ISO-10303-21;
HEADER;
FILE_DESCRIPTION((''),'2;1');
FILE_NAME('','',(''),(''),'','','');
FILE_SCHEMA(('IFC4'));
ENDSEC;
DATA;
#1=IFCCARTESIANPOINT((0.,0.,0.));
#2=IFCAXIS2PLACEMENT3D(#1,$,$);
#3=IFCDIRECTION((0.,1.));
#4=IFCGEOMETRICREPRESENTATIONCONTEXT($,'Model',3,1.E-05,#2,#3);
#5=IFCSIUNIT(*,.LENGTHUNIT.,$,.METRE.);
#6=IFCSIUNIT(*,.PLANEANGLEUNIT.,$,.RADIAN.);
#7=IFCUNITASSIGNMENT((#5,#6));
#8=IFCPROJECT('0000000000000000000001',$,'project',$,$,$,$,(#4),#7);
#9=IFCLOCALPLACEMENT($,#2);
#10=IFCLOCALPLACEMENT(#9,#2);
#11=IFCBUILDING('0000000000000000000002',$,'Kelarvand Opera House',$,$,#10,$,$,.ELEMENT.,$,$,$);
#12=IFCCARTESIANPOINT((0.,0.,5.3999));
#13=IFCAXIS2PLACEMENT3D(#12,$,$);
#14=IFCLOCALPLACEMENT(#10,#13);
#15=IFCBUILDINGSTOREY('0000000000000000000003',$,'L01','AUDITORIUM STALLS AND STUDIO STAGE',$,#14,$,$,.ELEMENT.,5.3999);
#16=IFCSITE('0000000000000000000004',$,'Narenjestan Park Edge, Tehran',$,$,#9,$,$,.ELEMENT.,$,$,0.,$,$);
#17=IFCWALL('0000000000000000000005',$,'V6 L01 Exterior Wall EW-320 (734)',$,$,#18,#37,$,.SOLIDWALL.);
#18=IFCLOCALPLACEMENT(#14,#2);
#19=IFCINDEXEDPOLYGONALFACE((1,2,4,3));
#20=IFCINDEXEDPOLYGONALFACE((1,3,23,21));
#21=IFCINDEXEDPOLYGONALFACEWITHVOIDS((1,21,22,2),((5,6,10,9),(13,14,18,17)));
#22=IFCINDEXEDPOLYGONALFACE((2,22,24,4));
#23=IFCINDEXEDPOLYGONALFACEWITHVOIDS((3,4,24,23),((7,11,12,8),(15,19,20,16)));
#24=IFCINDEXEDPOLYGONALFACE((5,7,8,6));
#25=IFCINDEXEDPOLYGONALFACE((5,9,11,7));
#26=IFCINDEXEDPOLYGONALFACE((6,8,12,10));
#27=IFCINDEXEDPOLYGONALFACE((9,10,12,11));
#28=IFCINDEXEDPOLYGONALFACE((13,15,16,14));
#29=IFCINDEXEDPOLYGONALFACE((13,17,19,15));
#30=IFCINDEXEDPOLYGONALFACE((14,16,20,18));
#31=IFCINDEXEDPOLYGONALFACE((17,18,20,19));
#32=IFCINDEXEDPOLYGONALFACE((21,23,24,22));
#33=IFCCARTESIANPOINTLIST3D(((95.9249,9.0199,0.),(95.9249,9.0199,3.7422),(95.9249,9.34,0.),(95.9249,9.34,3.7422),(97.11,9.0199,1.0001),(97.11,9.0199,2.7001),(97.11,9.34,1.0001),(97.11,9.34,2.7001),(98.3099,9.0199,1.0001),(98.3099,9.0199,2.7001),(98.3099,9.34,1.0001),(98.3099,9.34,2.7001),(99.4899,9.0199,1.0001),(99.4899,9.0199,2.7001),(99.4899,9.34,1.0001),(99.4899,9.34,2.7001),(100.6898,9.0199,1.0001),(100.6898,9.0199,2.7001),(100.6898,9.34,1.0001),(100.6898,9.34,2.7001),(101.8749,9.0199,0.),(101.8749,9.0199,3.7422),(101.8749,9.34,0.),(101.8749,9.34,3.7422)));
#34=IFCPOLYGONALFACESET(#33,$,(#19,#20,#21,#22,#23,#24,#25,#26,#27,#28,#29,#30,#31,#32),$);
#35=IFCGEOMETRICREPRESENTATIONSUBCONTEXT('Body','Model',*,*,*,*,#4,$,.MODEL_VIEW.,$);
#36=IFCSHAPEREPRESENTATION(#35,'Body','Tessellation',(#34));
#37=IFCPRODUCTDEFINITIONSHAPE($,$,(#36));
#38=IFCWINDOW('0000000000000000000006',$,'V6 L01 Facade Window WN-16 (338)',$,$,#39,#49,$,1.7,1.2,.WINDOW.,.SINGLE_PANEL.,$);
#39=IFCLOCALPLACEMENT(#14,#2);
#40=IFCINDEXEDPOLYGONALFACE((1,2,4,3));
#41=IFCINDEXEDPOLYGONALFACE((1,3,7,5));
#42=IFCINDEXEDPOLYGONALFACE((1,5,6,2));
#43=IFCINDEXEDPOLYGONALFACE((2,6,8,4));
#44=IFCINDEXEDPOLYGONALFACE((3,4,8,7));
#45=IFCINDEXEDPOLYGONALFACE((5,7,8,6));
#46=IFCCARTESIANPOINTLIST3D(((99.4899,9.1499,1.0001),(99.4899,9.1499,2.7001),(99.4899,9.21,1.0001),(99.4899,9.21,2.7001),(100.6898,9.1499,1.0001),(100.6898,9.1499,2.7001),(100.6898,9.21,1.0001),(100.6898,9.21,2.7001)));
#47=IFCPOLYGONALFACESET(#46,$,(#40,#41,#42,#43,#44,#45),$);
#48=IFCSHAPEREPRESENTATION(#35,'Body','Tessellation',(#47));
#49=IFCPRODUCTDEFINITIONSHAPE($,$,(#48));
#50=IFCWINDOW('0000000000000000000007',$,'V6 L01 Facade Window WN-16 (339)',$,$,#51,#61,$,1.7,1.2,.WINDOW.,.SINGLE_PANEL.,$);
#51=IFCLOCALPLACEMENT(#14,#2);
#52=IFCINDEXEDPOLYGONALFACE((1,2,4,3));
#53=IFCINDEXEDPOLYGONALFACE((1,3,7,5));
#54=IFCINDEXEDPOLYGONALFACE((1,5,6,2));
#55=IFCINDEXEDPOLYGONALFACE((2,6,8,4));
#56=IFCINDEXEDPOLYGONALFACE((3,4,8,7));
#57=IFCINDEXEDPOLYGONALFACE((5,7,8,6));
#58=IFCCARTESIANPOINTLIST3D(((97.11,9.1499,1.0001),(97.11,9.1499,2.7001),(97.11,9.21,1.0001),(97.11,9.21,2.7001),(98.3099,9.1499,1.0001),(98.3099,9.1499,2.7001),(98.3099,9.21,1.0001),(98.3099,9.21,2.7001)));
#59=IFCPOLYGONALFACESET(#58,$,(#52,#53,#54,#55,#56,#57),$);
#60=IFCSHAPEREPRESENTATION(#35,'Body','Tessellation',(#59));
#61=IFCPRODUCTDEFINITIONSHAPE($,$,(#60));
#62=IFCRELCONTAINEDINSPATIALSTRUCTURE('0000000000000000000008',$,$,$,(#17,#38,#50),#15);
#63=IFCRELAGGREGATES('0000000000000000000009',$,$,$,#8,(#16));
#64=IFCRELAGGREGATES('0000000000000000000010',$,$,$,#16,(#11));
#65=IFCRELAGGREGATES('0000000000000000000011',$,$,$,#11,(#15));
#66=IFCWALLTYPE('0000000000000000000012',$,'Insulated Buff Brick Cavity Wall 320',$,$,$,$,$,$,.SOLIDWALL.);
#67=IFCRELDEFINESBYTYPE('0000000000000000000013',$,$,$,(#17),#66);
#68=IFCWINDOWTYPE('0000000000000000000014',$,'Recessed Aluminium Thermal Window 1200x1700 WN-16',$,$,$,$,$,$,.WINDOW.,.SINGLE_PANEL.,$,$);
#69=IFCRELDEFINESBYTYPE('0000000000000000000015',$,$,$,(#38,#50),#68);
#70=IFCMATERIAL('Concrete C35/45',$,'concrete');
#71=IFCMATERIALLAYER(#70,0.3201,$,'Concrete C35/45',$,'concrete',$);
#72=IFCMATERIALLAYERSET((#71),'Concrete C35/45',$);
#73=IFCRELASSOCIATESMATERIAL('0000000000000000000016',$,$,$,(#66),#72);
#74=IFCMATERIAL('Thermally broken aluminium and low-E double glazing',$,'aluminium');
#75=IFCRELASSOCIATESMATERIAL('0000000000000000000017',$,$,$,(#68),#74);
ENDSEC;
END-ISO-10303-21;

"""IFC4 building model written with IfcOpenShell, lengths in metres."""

from ifc_helpers import new_model, si_unit, direction, frame, frame_2d, origin, place, context, subcontext, project, spatial, rectangle, extrude, material, layer, layer_set, type_object, element, fill, save


model = new_model("IFC4")

# Units and contexts
model_context = context("Model", 3, precision=1e-05, world=origin(), true_north=direction((0.0, 1.0)))
body_context = subcontext(model_context, "Body", "Model", "MODEL_VIEW")
ifc_project = project(units=[si_unit("LENGTHUNIT", "METRE"), si_unit("PLANEANGLEUNIT", "RADIAN")], contexts=[model_context])

# Site, building, storey
site_placement = place(None, origin())
site = spatial("IfcSite", under=ifc_project, at=site_placement, Name="Narenjestan Park Edge, Tehran", CompositionType="ELEMENT", RefElevation=0.0)
building_placement = place(site_placement, origin())
building = spatial("IfcBuilding", under=site, at=building_placement, Name="Kelarvand Opera House", CompositionType="ELEMENT")
storey_placement = place(building_placement, frame((0.0, 0.0, 5.3999)))
storey = spatial("IfcBuildingStorey", under=building, at=storey_placement, Name="L01", Description="AUDITORIUM STALLS AND STUDIO STAGE", CompositionType="ELEMENT", Elevation=5.3999)

# Wall, openings, windows
ifc_material_1 = material(Name="Concrete C35/45", Category="concrete")
ifc_layer_1 = layer(ifc_material_1, 0.3201, Name="Concrete C35/45", Category="concrete")
ifc_layer_set_1 = layer_set([ifc_layer_1], Name="Concrete C35/45")
wall_type = type_object("IfcWallType", Name="Insulated Buff Brick Cavity Wall 320", PredefinedType="SOLIDWALL", material=ifc_layer_set_1)
wall_placement = place(storey_placement, frame((101.875, 9.1799, 0.0), z_axis=(0.0, 0.0, 1.0), x_axis=(-1.0, 0.0, 0.0)))
wall = element("IfcWall", 1, at=wall_placement, inside=storey, type_object=wall_type, Name="V6 L01 Exterior Wall EW-320 (734)", PredefinedType="SOLIDWALL", context=body_context, shape_type="SweptSolid", body=[
    extrude(rectangle(XDim=5.95, YDim=0.3201, at=frame_2d((2.9751, 0.0))), origin(), (0.0, 0.0, 1.0), 3.7422),
])
opening_1_placement = place(wall_placement, frame((1.1851, 0.0, 1.0)))
opening_1 = element("IfcOpeningElement", 2, at=opening_1_placement, cuts=wall, PredefinedType="OPENING", context=body_context, shape_type="SweptSolid", body=[
    extrude(rectangle(XDim=1.2, YDim=1.7, at=frame_2d((0.6001, 0.8501))), frame((0.0, 0.1699, 0.0), z_axis=(0.0, -1.0, 0.0), x_axis=(1.0, 0.0, 0.0)), (0.0, 0.0, 1.0), 0.3401),
])
opening_2_placement = place(wall_placement, frame((3.5649, 0.0, 1.0)))
opening_2 = element("IfcOpeningElement", 3, at=opening_2_placement, cuts=wall, PredefinedType="OPENING", context=body_context, shape_type="SweptSolid", body=[
    extrude(rectangle(XDim=1.2, YDim=1.7, at=frame_2d((0.6001, 0.8501))), frame((0.0, 0.1699, 0.0), z_axis=(0.0, -1.0, 0.0), x_axis=(1.0, 0.0, 0.0)), (0.0, 0.0, 1.0), 0.3401),
])
ifc_material_2 = material(Name="Thermally broken aluminium and low-E double glazing", Category="aluminium")
window_type = type_object("IfcWindowType", Name="Recessed Aluminium Thermal Window 1200x1700 WN-16", PartitioningType="SINGLE_PANEL", PredefinedType="WINDOW", material=ifc_material_2)
window_1_placement = place(opening_1_placement, origin())
window_1 = element("IfcWindow", 4, at=window_1_placement, inside=storey, type_object=window_type, Name="V6 L01 Facade Window WN-16 (338)", OverallHeight=1.7, OverallWidth=1.2, PartitioningType="SINGLE_PANEL", PredefinedType="WINDOW", context=body_context, shape_type="SweptSolid", body=[
    extrude(rectangle(XDim=1.2, YDim=1.7, at=frame_2d((0.6001, 0.8501))), frame((0.0, 0.03, 0.0), z_axis=(0.0, -1.0, 0.0), x_axis=(1.0, 0.0, 0.0)), (0.0, 0.0, 1.0), 0.0601),
])
fill(opening_1, window_1)
window_2_placement = place(opening_2_placement, origin())
window_2 = element("IfcWindow", 5, at=window_2_placement, inside=storey, type_object=window_type, Name="V6 L01 Facade Window WN-16 (339)", OverallHeight=1.7, OverallWidth=1.2, PartitioningType="SINGLE_PANEL", PredefinedType="WINDOW", context=body_context, shape_type="SweptSolid", body=[
    extrude(rectangle(XDim=1.2, YDim=1.7, at=frame_2d((0.6001, 0.8501))), frame((0.0, 0.03, 0.0), z_axis=(0.0, -1.0, 0.0), x_axis=(1.0, 0.0, 0.0)), (0.0, 0.0, 1.0), 0.0601),
])
fill(opening_2, window_2)

save(model, "model.ifc")
